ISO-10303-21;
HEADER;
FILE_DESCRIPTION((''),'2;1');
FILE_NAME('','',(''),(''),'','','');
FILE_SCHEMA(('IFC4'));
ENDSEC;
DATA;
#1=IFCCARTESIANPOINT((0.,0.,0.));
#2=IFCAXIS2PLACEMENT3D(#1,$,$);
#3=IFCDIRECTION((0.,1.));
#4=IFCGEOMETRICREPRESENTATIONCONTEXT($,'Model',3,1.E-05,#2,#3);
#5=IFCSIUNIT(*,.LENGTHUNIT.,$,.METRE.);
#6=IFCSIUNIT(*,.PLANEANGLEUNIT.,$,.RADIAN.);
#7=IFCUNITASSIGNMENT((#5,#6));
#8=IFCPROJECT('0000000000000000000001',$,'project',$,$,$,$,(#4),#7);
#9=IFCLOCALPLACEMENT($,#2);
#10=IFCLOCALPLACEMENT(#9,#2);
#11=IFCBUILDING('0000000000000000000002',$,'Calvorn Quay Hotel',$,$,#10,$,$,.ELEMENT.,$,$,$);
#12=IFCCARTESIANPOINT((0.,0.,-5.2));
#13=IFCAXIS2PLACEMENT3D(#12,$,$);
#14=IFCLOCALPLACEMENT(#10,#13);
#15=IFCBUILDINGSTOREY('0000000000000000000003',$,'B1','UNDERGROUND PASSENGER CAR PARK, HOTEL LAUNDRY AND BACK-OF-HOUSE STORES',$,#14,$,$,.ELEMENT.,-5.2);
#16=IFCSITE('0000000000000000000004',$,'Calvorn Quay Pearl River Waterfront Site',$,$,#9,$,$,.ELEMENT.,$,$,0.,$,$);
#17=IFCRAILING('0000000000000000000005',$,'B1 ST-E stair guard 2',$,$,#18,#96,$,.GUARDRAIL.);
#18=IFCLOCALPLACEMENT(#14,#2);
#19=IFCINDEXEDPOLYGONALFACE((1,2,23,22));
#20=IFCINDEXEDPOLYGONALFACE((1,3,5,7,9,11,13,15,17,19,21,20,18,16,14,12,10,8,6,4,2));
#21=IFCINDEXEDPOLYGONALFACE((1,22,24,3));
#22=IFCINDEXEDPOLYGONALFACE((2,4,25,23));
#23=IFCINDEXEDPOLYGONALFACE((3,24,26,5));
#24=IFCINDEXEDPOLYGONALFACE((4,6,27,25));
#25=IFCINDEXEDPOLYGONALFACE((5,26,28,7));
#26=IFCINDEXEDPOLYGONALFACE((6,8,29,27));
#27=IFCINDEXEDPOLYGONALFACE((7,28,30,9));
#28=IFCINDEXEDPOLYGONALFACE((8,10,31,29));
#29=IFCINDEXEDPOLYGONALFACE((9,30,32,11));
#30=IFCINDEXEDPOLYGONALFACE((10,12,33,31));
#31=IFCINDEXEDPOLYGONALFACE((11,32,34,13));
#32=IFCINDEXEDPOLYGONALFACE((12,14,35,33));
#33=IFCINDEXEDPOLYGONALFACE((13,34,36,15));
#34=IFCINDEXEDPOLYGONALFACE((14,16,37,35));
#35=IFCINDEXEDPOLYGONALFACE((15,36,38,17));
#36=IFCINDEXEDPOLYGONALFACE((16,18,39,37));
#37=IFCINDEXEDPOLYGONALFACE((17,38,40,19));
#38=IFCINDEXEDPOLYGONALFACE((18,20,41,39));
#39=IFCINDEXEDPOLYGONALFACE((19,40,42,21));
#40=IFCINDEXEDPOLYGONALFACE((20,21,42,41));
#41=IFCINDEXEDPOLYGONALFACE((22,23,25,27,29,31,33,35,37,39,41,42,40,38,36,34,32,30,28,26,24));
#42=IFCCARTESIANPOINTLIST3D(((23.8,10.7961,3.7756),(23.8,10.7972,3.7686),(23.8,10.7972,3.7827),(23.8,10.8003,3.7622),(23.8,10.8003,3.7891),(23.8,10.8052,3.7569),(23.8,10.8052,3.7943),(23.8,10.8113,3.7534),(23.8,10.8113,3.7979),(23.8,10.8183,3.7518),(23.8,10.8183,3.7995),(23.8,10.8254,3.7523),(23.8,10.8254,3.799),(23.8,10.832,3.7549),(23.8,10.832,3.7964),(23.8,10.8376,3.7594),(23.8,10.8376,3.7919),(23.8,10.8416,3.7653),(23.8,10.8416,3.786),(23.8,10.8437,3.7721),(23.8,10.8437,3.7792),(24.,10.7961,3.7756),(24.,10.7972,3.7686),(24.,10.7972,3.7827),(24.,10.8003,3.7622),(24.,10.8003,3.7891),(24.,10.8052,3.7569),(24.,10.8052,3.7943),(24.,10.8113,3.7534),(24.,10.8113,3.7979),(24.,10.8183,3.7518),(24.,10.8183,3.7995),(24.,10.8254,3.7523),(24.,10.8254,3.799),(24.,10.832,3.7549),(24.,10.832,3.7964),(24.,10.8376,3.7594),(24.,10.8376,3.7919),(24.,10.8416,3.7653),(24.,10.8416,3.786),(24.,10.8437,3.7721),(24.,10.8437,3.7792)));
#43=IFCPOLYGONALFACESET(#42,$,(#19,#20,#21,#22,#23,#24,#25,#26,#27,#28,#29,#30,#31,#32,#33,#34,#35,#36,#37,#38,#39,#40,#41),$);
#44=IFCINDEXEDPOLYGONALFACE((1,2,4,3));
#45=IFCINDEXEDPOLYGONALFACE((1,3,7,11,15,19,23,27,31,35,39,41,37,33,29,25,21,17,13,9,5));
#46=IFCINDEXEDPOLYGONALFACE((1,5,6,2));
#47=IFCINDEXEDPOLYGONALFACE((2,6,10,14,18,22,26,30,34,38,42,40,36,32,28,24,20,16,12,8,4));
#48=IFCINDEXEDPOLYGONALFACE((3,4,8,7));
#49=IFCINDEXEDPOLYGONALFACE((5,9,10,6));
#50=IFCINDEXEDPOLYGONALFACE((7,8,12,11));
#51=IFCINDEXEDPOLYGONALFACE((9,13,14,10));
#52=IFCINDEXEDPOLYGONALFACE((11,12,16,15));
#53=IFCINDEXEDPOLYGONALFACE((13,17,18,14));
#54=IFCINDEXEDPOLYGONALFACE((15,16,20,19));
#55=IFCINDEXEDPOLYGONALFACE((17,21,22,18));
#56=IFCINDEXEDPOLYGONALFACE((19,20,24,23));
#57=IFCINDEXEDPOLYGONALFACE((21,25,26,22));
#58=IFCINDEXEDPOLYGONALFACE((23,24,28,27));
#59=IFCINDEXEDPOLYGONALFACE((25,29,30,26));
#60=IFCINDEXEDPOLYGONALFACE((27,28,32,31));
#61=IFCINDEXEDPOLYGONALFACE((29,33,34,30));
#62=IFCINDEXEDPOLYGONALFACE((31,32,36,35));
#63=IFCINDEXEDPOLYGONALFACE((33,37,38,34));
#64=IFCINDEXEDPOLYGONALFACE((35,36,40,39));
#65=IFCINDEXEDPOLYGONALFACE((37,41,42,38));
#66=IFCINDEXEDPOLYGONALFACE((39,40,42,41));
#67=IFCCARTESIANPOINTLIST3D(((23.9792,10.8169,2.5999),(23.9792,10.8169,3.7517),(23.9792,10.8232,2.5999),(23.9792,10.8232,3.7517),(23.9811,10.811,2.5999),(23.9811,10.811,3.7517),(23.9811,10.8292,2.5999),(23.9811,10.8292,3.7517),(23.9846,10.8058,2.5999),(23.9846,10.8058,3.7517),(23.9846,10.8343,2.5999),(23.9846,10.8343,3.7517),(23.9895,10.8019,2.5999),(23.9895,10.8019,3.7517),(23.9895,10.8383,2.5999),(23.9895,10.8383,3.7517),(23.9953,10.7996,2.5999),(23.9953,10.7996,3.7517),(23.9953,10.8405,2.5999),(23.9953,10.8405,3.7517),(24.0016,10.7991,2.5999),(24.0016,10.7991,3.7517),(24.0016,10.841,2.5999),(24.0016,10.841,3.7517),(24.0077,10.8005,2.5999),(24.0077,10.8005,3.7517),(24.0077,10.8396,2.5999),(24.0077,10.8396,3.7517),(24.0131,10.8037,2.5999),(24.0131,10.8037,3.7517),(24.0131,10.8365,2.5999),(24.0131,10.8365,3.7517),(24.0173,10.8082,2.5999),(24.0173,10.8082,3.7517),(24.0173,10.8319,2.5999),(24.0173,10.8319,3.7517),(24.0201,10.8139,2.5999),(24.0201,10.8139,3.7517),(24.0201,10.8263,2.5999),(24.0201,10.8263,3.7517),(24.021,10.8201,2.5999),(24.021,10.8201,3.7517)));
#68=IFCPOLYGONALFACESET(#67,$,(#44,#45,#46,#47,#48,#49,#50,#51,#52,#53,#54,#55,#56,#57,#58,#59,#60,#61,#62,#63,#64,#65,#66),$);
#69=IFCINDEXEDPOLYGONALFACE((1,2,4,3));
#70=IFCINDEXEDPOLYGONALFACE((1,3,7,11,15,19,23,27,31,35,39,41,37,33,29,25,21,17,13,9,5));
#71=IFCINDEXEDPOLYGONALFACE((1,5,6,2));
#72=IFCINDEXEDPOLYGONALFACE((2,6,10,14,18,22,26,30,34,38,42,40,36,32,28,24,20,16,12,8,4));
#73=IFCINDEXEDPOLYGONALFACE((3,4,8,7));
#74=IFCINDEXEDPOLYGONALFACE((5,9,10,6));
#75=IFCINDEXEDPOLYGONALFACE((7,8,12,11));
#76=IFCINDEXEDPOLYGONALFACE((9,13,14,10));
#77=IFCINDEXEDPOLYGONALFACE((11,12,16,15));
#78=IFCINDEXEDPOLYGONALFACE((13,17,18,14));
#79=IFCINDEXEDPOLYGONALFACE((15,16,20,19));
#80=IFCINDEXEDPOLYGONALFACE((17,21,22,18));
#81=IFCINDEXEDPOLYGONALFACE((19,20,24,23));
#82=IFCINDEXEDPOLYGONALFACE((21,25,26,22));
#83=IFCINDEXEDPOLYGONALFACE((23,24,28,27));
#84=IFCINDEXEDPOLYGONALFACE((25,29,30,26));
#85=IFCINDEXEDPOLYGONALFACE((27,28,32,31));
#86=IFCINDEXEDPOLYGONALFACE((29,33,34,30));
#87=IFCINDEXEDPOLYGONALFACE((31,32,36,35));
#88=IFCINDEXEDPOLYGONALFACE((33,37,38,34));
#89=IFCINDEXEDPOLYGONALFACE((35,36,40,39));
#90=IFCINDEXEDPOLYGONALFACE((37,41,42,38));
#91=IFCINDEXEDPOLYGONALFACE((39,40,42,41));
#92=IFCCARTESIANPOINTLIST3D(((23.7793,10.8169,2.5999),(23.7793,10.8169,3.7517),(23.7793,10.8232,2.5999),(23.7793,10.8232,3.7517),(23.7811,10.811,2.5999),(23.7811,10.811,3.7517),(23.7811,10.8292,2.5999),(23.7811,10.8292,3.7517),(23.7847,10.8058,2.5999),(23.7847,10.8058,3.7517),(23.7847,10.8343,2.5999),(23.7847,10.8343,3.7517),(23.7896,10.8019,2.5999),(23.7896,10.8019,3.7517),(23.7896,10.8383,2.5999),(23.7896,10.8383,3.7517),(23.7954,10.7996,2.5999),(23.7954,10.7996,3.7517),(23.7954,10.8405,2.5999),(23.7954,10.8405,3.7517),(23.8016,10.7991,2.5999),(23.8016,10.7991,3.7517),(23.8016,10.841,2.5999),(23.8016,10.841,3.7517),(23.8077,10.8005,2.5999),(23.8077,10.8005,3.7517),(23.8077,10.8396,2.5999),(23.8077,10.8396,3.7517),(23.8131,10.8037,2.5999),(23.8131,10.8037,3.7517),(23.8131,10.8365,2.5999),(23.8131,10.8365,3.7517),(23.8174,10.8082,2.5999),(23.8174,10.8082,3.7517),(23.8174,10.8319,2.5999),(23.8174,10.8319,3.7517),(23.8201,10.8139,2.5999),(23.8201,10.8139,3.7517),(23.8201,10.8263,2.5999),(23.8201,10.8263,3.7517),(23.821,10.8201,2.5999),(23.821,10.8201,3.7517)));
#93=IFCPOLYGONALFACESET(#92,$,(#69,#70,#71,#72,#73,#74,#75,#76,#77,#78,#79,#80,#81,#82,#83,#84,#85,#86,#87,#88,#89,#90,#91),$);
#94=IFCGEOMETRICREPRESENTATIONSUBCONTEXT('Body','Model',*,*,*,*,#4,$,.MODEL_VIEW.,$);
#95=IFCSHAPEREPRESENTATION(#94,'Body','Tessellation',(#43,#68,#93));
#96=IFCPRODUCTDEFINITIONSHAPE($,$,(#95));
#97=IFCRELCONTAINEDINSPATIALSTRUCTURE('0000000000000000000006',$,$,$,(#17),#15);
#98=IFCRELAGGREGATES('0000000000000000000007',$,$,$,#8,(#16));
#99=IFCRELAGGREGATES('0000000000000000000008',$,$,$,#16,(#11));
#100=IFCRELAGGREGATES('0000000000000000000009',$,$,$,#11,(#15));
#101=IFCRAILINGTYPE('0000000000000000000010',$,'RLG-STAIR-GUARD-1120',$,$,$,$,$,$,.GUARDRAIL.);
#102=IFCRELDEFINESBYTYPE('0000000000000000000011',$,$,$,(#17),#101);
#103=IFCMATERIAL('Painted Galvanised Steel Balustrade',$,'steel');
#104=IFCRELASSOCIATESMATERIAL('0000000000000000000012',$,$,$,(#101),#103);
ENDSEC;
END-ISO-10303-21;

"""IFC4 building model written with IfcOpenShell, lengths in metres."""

from ifc_helpers import new_model, si_unit, direction, frame, origin, origin_2d, place, context, subcontext, project, spatial, circle, extrude, material, type_object, element, save


model = new_model("IFC4")

# Units and contexts
model_context = context("Model", 3, precision=1e-05, world=origin(), true_north=direction((0.0, 1.0)))
body_context = subcontext(model_context, "Body", "Model", "MODEL_VIEW")
ifc_project = project(units=[si_unit("LENGTHUNIT", "METRE"), si_unit("PLANEANGLEUNIT", "RADIAN")], contexts=[model_context])

# Site, building, storey
site_placement = place(None, origin())
site = spatial("IfcSite", under=ifc_project, at=site_placement, Name="Calvorn Quay Pearl River Waterfront Site", CompositionType="ELEMENT", RefElevation=0.0)
building_placement = place(site_placement, origin())
building = spatial("IfcBuilding", under=site, at=building_placement, Name="Calvorn Quay Hotel", CompositionType="ELEMENT")
storey_placement = place(building_placement, frame((0.0, 0.0, -5.2)))
storey = spatial("IfcBuildingStorey", under=building, at=storey_placement, Name="B1", Description="UNDERGROUND PASSENGER CAR PARK, HOTEL LAUNDRY AND BACK-OF-HOUSE STORES", CompositionType="ELEMENT", Elevation=-5.2)

# Railing
ifc_material_1 = material(Name="Painted Galvanised Steel Balustrade", Category="steel")
railing_type_1 = type_object("IfcRailingType", Name="RLG-STAIR-GUARD-1120", PredefinedType="GUARDRAIL", material=ifc_material_1)
railing_1_placement = place(storey_placement, frame((24.0, 10.8201, 2.5999)))
element("IfcRailing", 1, at=railing_1_placement, inside=storey, type_object=railing_type_1, Name="B1 ST-E stair guard 2", PredefinedType="GUARDRAIL", context=body_context, shape_type="SweptSolid", body=[
    extrude(circle(Radius=0.0239, at=origin_2d()), frame((0.0, 0.0, 1.1758), z_axis=(-1.0, 0.0, 0.0), x_axis=(0.0, -1.0, 0.0)), (0.0, 0.0, 1.0), 0.2),
    extrude(circle(Radius=0.021, at=origin_2d()), origin(), (0.0, 0.0, 1.0), 1.1519),
    extrude(circle(Radius=0.021, at=origin_2d()), frame((-0.2, 0.0, 0.0)), (0.0, 0.0, 1.0), 1.1519),
])

save(model, "model.ifc")
